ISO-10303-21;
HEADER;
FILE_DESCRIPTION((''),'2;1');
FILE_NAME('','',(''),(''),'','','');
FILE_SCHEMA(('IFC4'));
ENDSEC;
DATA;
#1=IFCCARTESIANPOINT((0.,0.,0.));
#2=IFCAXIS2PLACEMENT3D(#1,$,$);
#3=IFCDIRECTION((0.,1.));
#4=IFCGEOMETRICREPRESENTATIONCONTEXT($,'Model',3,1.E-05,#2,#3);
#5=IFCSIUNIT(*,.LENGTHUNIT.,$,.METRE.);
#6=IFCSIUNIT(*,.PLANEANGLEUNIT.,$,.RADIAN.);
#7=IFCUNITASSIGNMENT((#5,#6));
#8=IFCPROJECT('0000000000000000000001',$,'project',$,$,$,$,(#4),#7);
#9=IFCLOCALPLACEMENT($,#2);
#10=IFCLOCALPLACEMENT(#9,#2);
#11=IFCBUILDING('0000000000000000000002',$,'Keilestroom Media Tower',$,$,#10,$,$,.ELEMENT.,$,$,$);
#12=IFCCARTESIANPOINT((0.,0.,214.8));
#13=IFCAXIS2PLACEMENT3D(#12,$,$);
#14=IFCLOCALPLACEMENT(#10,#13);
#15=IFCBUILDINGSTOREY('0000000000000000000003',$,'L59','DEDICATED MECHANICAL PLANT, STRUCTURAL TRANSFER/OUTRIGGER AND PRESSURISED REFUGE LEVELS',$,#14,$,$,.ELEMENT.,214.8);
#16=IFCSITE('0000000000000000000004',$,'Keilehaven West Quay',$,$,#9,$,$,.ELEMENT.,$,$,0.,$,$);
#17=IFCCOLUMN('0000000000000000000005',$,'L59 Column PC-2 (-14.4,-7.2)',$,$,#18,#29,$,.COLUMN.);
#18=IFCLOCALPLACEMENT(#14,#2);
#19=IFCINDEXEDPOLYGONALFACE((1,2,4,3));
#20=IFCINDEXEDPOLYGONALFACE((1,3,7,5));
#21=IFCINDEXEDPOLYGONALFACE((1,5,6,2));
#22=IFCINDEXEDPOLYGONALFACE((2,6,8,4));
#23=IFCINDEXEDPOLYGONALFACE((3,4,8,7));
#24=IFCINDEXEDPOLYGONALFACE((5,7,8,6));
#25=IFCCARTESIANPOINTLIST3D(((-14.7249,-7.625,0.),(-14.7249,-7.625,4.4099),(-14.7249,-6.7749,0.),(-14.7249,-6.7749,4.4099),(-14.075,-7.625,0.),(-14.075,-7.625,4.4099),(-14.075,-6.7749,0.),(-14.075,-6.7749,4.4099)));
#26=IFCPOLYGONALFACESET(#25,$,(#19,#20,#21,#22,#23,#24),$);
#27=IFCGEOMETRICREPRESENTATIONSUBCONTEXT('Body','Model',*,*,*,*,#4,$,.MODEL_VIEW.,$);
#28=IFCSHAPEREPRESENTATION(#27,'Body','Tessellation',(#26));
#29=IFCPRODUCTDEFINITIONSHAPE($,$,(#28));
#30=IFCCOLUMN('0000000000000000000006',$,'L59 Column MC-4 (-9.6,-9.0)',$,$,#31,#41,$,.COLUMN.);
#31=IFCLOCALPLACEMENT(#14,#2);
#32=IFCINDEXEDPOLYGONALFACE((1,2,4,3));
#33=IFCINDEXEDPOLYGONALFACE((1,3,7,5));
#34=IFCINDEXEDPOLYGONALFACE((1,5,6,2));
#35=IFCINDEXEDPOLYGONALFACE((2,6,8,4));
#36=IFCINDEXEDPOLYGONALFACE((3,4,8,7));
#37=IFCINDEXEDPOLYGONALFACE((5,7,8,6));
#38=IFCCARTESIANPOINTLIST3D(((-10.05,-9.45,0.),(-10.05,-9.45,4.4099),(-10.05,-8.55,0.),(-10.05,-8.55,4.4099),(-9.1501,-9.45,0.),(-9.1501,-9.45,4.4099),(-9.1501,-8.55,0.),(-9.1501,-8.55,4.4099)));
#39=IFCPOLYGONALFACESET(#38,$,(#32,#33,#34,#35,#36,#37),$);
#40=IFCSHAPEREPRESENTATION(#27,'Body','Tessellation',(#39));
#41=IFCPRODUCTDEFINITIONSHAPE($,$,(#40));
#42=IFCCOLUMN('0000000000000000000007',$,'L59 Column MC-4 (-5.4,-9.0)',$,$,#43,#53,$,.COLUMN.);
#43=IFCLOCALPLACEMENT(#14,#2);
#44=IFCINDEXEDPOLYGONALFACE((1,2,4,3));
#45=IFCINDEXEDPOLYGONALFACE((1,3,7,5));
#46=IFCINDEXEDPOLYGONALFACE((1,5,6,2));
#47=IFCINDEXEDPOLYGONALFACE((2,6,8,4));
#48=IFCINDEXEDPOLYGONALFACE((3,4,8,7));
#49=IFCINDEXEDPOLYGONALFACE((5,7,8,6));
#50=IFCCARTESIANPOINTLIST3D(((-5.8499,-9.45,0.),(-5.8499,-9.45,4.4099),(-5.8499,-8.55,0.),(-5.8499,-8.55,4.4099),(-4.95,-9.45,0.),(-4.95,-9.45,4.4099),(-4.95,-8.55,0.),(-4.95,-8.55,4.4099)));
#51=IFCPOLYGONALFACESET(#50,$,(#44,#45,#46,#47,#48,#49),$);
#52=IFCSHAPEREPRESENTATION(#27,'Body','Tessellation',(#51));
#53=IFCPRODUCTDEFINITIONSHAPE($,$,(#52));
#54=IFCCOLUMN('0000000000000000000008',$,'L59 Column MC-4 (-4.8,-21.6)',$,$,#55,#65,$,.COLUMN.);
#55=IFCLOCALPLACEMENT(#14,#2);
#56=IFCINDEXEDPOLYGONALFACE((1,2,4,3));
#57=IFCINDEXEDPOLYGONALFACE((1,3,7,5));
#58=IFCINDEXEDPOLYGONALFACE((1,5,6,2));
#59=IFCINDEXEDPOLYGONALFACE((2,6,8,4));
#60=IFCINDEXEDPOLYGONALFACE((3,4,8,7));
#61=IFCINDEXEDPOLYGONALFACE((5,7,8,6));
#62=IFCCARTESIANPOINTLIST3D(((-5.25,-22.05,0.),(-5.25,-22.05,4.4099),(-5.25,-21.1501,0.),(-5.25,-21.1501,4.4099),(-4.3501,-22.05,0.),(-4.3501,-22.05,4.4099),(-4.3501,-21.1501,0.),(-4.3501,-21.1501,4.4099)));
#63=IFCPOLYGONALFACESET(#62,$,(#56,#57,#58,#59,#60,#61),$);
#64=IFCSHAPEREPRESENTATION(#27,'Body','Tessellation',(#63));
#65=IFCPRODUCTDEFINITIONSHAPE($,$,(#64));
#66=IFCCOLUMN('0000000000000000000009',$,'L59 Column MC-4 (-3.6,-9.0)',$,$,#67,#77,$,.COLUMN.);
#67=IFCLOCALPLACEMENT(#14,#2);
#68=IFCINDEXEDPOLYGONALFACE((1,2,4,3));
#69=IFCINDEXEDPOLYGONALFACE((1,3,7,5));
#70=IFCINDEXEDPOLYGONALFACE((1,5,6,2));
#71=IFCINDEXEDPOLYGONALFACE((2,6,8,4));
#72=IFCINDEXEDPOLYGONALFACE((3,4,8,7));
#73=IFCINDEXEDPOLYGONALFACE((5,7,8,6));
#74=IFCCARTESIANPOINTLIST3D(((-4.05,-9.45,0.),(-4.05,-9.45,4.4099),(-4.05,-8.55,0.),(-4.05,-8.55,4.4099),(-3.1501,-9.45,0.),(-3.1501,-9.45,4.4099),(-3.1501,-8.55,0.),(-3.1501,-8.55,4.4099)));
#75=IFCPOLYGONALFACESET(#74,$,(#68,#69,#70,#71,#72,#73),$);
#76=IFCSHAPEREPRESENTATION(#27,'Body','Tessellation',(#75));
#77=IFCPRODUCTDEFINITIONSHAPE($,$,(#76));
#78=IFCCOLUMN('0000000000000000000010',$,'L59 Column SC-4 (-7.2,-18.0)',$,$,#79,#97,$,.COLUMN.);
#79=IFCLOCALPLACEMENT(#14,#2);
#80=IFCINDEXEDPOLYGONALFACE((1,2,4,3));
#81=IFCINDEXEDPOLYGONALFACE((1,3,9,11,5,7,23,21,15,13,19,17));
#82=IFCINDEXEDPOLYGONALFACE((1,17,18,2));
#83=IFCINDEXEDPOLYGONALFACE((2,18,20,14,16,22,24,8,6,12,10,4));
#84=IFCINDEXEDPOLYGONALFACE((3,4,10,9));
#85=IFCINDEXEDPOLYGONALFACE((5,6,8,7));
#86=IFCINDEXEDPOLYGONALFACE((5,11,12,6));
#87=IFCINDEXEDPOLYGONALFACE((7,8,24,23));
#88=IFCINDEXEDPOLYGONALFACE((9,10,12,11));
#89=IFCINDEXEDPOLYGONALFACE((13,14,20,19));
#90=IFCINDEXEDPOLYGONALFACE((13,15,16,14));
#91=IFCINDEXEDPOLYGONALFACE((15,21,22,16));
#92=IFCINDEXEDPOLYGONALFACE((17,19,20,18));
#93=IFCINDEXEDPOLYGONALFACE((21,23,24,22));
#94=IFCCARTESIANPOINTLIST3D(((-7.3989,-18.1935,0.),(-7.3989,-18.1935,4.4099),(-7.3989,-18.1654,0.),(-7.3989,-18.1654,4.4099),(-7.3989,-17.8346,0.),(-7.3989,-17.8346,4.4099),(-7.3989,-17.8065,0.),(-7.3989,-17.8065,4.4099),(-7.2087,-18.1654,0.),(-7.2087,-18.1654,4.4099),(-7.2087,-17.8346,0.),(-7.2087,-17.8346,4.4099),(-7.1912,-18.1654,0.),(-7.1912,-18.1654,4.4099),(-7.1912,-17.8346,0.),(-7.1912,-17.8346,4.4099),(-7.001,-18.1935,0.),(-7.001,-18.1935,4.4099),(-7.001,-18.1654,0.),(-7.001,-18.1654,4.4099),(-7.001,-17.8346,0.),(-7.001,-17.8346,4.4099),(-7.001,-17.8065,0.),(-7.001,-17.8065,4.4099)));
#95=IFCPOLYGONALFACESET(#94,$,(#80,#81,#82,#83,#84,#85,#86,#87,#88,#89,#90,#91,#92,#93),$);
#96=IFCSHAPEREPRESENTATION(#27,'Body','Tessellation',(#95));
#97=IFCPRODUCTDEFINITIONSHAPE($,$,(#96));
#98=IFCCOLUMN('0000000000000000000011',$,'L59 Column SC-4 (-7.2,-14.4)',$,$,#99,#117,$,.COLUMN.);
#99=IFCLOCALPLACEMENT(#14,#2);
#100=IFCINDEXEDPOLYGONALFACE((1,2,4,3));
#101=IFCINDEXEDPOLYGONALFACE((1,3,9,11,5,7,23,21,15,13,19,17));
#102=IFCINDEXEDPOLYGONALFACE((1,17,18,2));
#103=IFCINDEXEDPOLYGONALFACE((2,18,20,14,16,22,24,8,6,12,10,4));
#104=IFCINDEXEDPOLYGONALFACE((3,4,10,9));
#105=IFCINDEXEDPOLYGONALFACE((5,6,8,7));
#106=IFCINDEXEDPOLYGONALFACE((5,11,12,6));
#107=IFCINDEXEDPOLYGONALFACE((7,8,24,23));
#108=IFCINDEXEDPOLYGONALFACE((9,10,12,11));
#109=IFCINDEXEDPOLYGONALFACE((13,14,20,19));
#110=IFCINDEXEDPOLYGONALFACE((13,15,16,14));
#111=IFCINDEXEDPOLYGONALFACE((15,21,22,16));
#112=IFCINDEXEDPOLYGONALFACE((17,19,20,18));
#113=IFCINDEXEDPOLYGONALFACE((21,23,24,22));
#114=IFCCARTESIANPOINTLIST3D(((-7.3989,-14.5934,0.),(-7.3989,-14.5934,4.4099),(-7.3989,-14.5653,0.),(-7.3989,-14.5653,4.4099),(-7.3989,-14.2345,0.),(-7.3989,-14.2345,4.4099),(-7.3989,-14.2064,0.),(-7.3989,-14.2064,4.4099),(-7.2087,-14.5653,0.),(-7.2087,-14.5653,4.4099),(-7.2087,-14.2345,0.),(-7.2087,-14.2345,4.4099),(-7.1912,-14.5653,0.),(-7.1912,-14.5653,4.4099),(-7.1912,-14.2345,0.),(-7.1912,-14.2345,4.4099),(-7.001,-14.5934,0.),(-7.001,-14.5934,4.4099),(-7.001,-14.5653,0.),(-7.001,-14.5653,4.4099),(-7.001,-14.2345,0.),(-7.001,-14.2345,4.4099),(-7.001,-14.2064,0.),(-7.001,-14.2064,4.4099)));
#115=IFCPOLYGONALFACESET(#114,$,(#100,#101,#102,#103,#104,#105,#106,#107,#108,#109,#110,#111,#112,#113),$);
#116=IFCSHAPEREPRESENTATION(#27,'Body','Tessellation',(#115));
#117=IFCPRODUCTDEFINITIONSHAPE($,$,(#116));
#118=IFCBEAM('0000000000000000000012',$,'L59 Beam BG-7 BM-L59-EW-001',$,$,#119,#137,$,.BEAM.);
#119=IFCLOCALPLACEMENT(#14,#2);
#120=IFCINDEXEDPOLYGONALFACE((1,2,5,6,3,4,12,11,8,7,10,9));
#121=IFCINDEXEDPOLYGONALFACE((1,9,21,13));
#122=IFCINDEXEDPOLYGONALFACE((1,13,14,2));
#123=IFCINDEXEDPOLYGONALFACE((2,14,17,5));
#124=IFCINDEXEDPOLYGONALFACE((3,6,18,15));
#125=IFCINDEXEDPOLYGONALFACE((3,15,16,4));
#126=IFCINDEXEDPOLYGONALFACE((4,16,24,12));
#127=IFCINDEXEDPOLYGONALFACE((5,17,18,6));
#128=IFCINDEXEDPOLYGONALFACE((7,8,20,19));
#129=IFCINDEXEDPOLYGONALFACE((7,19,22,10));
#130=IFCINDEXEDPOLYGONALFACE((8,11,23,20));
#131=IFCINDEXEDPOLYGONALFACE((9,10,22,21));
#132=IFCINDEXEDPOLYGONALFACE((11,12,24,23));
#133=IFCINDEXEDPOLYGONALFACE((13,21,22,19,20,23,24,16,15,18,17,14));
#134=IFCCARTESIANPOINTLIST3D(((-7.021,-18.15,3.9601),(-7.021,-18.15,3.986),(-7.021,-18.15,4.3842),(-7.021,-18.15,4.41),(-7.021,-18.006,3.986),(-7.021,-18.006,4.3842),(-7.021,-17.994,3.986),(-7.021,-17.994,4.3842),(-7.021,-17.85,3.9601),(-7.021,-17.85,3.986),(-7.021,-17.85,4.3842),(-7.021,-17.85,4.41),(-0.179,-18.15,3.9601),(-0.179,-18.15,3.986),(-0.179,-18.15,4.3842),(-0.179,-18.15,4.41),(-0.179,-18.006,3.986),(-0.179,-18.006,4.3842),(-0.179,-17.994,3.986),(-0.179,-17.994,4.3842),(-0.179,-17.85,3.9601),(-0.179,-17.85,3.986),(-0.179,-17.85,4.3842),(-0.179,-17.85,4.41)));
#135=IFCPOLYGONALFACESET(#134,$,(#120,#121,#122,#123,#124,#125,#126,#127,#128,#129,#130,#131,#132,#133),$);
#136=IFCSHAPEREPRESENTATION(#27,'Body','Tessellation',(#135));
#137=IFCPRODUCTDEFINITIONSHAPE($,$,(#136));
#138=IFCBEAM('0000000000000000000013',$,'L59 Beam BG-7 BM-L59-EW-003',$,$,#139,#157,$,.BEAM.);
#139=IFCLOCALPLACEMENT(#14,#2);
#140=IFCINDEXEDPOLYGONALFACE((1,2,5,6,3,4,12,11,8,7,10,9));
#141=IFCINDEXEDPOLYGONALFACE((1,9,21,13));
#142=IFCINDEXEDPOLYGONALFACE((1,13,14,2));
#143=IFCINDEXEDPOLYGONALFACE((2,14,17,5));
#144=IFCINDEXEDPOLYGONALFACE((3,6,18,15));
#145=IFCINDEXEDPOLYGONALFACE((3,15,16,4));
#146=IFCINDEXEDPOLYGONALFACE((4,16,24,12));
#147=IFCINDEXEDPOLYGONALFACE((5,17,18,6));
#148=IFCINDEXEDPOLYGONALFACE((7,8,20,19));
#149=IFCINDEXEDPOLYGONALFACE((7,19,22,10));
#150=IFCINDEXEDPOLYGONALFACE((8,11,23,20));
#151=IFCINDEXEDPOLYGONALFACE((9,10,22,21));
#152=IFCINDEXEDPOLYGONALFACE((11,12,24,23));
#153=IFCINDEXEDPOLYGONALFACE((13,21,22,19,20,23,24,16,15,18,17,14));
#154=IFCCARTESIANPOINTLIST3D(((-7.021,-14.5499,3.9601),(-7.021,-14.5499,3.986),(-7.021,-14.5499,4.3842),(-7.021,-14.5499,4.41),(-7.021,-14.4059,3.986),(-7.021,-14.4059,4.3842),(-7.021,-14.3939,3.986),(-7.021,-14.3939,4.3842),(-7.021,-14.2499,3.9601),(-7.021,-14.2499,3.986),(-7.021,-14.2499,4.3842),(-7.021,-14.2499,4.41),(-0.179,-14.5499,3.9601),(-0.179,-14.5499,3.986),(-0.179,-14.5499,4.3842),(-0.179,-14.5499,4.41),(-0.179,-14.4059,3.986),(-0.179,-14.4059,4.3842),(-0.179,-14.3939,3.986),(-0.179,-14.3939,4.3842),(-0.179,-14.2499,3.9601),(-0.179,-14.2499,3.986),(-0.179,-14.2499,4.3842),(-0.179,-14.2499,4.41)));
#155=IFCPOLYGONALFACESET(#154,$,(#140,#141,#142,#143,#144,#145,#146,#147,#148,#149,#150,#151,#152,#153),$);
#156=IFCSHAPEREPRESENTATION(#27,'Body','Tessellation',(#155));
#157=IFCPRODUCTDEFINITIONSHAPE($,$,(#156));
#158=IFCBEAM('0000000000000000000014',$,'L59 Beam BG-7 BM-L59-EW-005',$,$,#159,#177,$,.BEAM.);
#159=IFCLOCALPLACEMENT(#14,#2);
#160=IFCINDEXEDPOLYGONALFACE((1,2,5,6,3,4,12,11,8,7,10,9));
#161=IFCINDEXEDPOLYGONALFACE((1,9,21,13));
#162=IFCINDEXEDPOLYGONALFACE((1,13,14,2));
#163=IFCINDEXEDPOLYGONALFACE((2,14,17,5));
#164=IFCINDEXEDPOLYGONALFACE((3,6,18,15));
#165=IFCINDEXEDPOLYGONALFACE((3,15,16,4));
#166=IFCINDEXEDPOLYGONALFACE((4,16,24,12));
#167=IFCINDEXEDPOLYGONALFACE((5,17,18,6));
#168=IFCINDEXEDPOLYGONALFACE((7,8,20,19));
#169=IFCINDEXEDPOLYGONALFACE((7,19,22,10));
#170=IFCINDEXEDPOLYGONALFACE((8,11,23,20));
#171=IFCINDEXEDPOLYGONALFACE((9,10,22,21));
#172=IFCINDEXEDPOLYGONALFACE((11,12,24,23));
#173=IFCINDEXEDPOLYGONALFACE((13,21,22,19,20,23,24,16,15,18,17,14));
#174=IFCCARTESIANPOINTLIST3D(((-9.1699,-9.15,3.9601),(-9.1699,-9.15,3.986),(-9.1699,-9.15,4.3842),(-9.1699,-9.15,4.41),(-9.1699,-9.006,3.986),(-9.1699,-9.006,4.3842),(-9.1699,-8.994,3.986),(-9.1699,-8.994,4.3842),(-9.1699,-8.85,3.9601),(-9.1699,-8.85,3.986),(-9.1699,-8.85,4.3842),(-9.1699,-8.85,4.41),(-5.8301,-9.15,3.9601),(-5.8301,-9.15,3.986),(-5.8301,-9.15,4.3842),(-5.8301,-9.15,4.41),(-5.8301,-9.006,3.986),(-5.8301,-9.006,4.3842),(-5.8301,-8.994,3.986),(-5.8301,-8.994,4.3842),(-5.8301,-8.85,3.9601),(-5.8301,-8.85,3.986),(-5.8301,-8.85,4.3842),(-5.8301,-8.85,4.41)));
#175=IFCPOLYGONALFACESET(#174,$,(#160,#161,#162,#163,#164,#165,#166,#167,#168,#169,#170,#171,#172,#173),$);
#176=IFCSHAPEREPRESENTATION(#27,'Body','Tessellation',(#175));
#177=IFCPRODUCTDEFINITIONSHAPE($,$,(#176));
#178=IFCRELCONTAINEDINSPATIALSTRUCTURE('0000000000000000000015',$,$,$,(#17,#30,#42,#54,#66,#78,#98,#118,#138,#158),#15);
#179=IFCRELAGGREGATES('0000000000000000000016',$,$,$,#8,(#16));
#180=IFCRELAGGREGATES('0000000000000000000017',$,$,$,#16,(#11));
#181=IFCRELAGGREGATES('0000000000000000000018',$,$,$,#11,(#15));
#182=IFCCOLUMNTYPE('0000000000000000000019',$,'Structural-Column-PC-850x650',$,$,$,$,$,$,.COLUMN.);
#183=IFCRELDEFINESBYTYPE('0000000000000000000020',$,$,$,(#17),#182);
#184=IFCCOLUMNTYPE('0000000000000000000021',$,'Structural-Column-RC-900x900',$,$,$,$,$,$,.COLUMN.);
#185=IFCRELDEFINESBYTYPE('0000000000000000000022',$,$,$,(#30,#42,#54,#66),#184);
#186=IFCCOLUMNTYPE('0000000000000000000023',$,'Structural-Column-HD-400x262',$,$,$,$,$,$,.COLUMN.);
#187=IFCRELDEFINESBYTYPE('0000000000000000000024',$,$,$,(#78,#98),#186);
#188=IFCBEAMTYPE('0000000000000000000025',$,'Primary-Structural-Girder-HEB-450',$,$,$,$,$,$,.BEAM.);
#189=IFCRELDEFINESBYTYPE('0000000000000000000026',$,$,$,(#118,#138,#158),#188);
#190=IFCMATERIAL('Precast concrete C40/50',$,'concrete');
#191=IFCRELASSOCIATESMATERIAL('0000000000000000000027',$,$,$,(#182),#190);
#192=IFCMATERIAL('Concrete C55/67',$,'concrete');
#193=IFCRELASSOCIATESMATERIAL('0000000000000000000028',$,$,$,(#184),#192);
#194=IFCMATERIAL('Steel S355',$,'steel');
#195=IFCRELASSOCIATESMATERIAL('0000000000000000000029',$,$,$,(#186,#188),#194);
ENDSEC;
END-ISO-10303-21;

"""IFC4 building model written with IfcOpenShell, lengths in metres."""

from ifc_helpers import new_model, si_unit, direction, frame, origin, origin_2d, place, context, subcontext, project, spatial, rectangle, i_section, extrude, source, transform, mapped, material, material_profile, profile_set, type_object, element, save


model = new_model("IFC4")

# Units and contexts
model_context = context("Model", 3, precision=1e-05, world=origin(), true_north=direction((0.0, 1.0)))
body_context = subcontext(model_context, "Body", "Model", "MODEL_VIEW")
ifc_project = project(units=[si_unit("LENGTHUNIT", "METRE"), si_unit("PLANEANGLEUNIT", "RADIAN")], contexts=[model_context])

# Site, building, storey
site_placement = place(None, origin())
site = spatial("IfcSite", under=ifc_project, at=site_placement, Name="Keilehaven West Quay", CompositionType="ELEMENT", RefElevation=0.0)
building_placement = place(site_placement, origin())
building = spatial("IfcBuilding", under=site, at=building_placement, Name="Keilestroom Media Tower", CompositionType="ELEMENT")
storey_placement = place(building_placement, frame((0.0, 0.0, 214.8)))
storey = spatial("IfcBuildingStorey", under=building, at=storey_placement, Name="L59", Description="DEDICATED MECHANICAL PLANT, STRUCTURAL TRANSFER/OUTRIGGER AND PRESSURISED REFUGE LEVELS", CompositionType="ELEMENT", Elevation=214.8)

# Columns
ifc_material_1 = material(Name="Precast concrete C40/50", Category="concrete")
ifc_material_profile_1 = material_profile(ifc_material_1, rectangle(XDim=0.6499, YDim=0.8501, at=origin_2d()), Name="PC 850x650")
ifc_profile_set_1 = profile_set([ifc_material_profile_1], Name="Precast concrete C40/50")
column_type_1 = type_object("IfcColumnType", Name="Structural-Column-PC-850x650", PredefinedType="COLUMN", material=ifc_profile_set_1)
shared_shape_1 = source(origin(), body_context, "Body", "SweptSolid", [
    extrude(rectangle(XDim=0.6499, YDim=0.8501, at=origin_2d()), origin(), (0.0, 0.0, 1.0), 4.4099),
])
column_placement = place(storey_placement, frame((-14.3999, -7.2, 0.0), z_axis=(0.0, 0.0, 1.0), x_axis=(1.0, 0.0, 0.0)))
element("IfcColumn", 1, at=column_placement, inside=storey, type_object=column_type_1, Name="L59 Column PC-2 (-14.4,-7.2)", PredefinedType="COLUMN", context=body_context, shape_type="MappedRepresentation", body=[
    mapped(shared_shape_1, transform((0.0, 0.0, 0.0), x_axis=(1.0, 0.0, 0.0), y_axis=(0.0, 1.0, 0.0), z_axis=(0.0, 0.0, 1.0), scale=1.0)),
])
ifc_material_2 = material(Name="Concrete C55/67", Category="concrete")
ifc_material_profile_2 = material_profile(ifc_material_2, rectangle(XDim=0.8999, YDim=0.8999, at=origin_2d()), Name="RC 900x900")
ifc_profile_set_2 = profile_set([ifc_material_profile_2], Name="Concrete C55/67")
column_type_2 = type_object("IfcColumnType", Name="Structural-Column-RC-900x900", PredefinedType="COLUMN", material=ifc_profile_set_2)
shared_shape_2 = source(origin(), body_context, "Body", "SweptSolid", [
    extrude(rectangle(XDim=0.8999, YDim=0.8999, at=origin_2d()), origin(), (0.0, 0.0, 1.0), 4.4099),
])
for number, where, z_axis, x_axis, name in (
    (2, (-9.6001, -9.0, 0.0), (0.0, 0.0, 1.0), (1.0, 0.0, 0.0), "L59 Column MC-4 (-9.6,-9.0)"),
    (3, (-5.3999, -9.0, 0.0), (0.0, 0.0, 1.0), (1.0, 0.0, 0.0), "L59 Column MC-4 (-5.4,-9.0)"),
    (4, (-4.8, -21.6001, 0.0), (0.0, 0.0, 1.0), (1.0, 0.0, 0.0), "L59 Column MC-4 (-4.8,-21.6)"),
    (5, (-3.6001, -9.0, 0.0), (0.0, 0.0, 1.0), (1.0, 0.0, 0.0), "L59 Column MC-4 (-3.6,-9.0)"),
):
    element("IfcColumn", number, at=place(storey_placement, frame(where, z_axis=z_axis, x_axis=x_axis)), inside=storey, type_object=column_type_2, Name=name, PredefinedType="COLUMN", context=body_context, shape_type="MappedRepresentation", body=[
        mapped(shared_shape_2, transform((0.0, 0.0, 0.0), x_axis=(1.0, 0.0, 0.0), y_axis=(0.0, 1.0, 0.0), z_axis=(0.0, 0.0, 1.0), scale=1.0)),
    ])
ifc_material_3 = material(Name="Steel S355", Category="steel")
ifc_material_profile_3 = material_profile(ifc_material_3, i_section(OverallWidth=0.3979, OverallDepth=0.387, WebThickness=0.0176, FlangeThickness=0.0281, at=origin_2d()), Name="HD 400x262")
ifc_profile_set_3 = profile_set([ifc_material_profile_3], Name="Steel S355")
column_type_3 = type_object("IfcColumnType", Name="Structural-Column-HD-400x262", PredefinedType="COLUMN", material=ifc_profile_set_3)
shared_shape_3 = source(origin(), body_context, "Body", "SweptSolid", [
    extrude(i_section(OverallWidth=0.3979, OverallDepth=0.387, WebThickness=0.0176, FlangeThickness=0.0281, at=origin_2d()), origin(), (0.0, 0.0, 1.0), 4.4099),
])
for number, where, z_axis, x_axis, name in (
    (6, (-7.2, -18.0, 0.0), (0.0, 0.0, 1.0), (1.0, 0.0, 0.0), "L59 Column SC-4 (-7.2,-18.0)"),
    (7, (-7.2, -14.3999, 0.0), (0.0, 0.0, 1.0), (1.0, 0.0, 0.0), "L59 Column SC-4 (-7.2,-14.4)"),
):
    element("IfcColumn", number, at=place(storey_placement, frame(where, z_axis=z_axis, x_axis=x_axis)), inside=storey, type_object=column_type_3, Name=name, PredefinedType="COLUMN", context=body_context, shape_type="MappedRepresentation", body=[
        mapped(shared_shape_3, transform((0.0, 0.0, 0.0), x_axis=(1.0, 0.0, 0.0), y_axis=(0.0, 1.0, 0.0), z_axis=(0.0, 0.0, 1.0), scale=1.0)),
    ])

# Beams
ifc_material_profile_4 = material_profile(ifc_material_3, i_section(OverallWidth=0.3, OverallDepth=0.45, WebThickness=0.012, FlangeThickness=0.0259, at=origin_2d()), Name="HEB 450")
ifc_profile_set_4 = profile_set([ifc_material_profile_4], Name="Steel S355")
beam_type_1 = type_object("IfcBeamType", Name="Primary-Structural-Girder-HEB-450", PredefinedType="BEAM", material=ifc_profile_set_4)
shared_shape_4 = source(origin(), body_context, "Body", "SweptSolid", [
    extrude(i_section(OverallWidth=0.3, OverallDepth=0.45, WebThickness=0.012, FlangeThickness=0.0259, at=origin_2d()), origin(), (0.0, 0.0, 1.0), 6.842),
])
for number, where, z_axis, x_axis, name in (
    (8, (-7.021, -18.0, 4.1851), (1.0, 0.0, 0.0), (0.0, 1.0, 0.0), "L59 Beam BG-7 BM-L59-EW-001"),
    (9, (-7.021, -14.3999, 4.1851), (1.0, 0.0, 0.0), (0.0, 1.0, 0.0), "L59 Beam BG-7 BM-L59-EW-003"),
):
    element("IfcBeam", number, at=place(storey_placement, frame(where, z_axis=z_axis, x_axis=x_axis)), inside=storey, type_object=beam_type_1, Name=name, PredefinedType="BEAM", context=body_context, shape_type="MappedRepresentation", body=[
        mapped(shared_shape_4, transform((0.0, 0.0, 0.0), x_axis=(1.0, 0.0, 0.0), y_axis=(0.0, 1.0, 0.0), z_axis=(0.0, 0.0, 1.0), scale=1.0)),
    ])
shared_shape_5 = source(origin(), body_context, "Body", "SweptSolid", [
    extrude(i_section(OverallWidth=0.3, OverallDepth=0.45, WebThickness=0.012, FlangeThickness=0.0259, at=origin_2d()), origin(), (0.0, 0.0, 1.0), 3.3398),
])
beam_1_placement = place(storey_placement, frame((-9.1699, -9.0, 4.1851), z_axis=(1.0, 0.0, 0.0), x_axis=(0.0, 1.0, 0.0)))
element("IfcBeam", 10, at=beam_1_placement, inside=storey, type_object=beam_type_1, Name="L59 Beam BG-7 BM-L59-EW-005", PredefinedType="BEAM", context=body_context, shape_type="MappedRepresentation", body=[
    mapped(shared_shape_5, transform((0.0, 0.0, 0.0), x_axis=(1.0, 0.0, 0.0), y_axis=(0.0, 1.0, 0.0), z_axis=(0.0, 0.0, 1.0), scale=1.0)),
])

save(model, "model.ifc")
